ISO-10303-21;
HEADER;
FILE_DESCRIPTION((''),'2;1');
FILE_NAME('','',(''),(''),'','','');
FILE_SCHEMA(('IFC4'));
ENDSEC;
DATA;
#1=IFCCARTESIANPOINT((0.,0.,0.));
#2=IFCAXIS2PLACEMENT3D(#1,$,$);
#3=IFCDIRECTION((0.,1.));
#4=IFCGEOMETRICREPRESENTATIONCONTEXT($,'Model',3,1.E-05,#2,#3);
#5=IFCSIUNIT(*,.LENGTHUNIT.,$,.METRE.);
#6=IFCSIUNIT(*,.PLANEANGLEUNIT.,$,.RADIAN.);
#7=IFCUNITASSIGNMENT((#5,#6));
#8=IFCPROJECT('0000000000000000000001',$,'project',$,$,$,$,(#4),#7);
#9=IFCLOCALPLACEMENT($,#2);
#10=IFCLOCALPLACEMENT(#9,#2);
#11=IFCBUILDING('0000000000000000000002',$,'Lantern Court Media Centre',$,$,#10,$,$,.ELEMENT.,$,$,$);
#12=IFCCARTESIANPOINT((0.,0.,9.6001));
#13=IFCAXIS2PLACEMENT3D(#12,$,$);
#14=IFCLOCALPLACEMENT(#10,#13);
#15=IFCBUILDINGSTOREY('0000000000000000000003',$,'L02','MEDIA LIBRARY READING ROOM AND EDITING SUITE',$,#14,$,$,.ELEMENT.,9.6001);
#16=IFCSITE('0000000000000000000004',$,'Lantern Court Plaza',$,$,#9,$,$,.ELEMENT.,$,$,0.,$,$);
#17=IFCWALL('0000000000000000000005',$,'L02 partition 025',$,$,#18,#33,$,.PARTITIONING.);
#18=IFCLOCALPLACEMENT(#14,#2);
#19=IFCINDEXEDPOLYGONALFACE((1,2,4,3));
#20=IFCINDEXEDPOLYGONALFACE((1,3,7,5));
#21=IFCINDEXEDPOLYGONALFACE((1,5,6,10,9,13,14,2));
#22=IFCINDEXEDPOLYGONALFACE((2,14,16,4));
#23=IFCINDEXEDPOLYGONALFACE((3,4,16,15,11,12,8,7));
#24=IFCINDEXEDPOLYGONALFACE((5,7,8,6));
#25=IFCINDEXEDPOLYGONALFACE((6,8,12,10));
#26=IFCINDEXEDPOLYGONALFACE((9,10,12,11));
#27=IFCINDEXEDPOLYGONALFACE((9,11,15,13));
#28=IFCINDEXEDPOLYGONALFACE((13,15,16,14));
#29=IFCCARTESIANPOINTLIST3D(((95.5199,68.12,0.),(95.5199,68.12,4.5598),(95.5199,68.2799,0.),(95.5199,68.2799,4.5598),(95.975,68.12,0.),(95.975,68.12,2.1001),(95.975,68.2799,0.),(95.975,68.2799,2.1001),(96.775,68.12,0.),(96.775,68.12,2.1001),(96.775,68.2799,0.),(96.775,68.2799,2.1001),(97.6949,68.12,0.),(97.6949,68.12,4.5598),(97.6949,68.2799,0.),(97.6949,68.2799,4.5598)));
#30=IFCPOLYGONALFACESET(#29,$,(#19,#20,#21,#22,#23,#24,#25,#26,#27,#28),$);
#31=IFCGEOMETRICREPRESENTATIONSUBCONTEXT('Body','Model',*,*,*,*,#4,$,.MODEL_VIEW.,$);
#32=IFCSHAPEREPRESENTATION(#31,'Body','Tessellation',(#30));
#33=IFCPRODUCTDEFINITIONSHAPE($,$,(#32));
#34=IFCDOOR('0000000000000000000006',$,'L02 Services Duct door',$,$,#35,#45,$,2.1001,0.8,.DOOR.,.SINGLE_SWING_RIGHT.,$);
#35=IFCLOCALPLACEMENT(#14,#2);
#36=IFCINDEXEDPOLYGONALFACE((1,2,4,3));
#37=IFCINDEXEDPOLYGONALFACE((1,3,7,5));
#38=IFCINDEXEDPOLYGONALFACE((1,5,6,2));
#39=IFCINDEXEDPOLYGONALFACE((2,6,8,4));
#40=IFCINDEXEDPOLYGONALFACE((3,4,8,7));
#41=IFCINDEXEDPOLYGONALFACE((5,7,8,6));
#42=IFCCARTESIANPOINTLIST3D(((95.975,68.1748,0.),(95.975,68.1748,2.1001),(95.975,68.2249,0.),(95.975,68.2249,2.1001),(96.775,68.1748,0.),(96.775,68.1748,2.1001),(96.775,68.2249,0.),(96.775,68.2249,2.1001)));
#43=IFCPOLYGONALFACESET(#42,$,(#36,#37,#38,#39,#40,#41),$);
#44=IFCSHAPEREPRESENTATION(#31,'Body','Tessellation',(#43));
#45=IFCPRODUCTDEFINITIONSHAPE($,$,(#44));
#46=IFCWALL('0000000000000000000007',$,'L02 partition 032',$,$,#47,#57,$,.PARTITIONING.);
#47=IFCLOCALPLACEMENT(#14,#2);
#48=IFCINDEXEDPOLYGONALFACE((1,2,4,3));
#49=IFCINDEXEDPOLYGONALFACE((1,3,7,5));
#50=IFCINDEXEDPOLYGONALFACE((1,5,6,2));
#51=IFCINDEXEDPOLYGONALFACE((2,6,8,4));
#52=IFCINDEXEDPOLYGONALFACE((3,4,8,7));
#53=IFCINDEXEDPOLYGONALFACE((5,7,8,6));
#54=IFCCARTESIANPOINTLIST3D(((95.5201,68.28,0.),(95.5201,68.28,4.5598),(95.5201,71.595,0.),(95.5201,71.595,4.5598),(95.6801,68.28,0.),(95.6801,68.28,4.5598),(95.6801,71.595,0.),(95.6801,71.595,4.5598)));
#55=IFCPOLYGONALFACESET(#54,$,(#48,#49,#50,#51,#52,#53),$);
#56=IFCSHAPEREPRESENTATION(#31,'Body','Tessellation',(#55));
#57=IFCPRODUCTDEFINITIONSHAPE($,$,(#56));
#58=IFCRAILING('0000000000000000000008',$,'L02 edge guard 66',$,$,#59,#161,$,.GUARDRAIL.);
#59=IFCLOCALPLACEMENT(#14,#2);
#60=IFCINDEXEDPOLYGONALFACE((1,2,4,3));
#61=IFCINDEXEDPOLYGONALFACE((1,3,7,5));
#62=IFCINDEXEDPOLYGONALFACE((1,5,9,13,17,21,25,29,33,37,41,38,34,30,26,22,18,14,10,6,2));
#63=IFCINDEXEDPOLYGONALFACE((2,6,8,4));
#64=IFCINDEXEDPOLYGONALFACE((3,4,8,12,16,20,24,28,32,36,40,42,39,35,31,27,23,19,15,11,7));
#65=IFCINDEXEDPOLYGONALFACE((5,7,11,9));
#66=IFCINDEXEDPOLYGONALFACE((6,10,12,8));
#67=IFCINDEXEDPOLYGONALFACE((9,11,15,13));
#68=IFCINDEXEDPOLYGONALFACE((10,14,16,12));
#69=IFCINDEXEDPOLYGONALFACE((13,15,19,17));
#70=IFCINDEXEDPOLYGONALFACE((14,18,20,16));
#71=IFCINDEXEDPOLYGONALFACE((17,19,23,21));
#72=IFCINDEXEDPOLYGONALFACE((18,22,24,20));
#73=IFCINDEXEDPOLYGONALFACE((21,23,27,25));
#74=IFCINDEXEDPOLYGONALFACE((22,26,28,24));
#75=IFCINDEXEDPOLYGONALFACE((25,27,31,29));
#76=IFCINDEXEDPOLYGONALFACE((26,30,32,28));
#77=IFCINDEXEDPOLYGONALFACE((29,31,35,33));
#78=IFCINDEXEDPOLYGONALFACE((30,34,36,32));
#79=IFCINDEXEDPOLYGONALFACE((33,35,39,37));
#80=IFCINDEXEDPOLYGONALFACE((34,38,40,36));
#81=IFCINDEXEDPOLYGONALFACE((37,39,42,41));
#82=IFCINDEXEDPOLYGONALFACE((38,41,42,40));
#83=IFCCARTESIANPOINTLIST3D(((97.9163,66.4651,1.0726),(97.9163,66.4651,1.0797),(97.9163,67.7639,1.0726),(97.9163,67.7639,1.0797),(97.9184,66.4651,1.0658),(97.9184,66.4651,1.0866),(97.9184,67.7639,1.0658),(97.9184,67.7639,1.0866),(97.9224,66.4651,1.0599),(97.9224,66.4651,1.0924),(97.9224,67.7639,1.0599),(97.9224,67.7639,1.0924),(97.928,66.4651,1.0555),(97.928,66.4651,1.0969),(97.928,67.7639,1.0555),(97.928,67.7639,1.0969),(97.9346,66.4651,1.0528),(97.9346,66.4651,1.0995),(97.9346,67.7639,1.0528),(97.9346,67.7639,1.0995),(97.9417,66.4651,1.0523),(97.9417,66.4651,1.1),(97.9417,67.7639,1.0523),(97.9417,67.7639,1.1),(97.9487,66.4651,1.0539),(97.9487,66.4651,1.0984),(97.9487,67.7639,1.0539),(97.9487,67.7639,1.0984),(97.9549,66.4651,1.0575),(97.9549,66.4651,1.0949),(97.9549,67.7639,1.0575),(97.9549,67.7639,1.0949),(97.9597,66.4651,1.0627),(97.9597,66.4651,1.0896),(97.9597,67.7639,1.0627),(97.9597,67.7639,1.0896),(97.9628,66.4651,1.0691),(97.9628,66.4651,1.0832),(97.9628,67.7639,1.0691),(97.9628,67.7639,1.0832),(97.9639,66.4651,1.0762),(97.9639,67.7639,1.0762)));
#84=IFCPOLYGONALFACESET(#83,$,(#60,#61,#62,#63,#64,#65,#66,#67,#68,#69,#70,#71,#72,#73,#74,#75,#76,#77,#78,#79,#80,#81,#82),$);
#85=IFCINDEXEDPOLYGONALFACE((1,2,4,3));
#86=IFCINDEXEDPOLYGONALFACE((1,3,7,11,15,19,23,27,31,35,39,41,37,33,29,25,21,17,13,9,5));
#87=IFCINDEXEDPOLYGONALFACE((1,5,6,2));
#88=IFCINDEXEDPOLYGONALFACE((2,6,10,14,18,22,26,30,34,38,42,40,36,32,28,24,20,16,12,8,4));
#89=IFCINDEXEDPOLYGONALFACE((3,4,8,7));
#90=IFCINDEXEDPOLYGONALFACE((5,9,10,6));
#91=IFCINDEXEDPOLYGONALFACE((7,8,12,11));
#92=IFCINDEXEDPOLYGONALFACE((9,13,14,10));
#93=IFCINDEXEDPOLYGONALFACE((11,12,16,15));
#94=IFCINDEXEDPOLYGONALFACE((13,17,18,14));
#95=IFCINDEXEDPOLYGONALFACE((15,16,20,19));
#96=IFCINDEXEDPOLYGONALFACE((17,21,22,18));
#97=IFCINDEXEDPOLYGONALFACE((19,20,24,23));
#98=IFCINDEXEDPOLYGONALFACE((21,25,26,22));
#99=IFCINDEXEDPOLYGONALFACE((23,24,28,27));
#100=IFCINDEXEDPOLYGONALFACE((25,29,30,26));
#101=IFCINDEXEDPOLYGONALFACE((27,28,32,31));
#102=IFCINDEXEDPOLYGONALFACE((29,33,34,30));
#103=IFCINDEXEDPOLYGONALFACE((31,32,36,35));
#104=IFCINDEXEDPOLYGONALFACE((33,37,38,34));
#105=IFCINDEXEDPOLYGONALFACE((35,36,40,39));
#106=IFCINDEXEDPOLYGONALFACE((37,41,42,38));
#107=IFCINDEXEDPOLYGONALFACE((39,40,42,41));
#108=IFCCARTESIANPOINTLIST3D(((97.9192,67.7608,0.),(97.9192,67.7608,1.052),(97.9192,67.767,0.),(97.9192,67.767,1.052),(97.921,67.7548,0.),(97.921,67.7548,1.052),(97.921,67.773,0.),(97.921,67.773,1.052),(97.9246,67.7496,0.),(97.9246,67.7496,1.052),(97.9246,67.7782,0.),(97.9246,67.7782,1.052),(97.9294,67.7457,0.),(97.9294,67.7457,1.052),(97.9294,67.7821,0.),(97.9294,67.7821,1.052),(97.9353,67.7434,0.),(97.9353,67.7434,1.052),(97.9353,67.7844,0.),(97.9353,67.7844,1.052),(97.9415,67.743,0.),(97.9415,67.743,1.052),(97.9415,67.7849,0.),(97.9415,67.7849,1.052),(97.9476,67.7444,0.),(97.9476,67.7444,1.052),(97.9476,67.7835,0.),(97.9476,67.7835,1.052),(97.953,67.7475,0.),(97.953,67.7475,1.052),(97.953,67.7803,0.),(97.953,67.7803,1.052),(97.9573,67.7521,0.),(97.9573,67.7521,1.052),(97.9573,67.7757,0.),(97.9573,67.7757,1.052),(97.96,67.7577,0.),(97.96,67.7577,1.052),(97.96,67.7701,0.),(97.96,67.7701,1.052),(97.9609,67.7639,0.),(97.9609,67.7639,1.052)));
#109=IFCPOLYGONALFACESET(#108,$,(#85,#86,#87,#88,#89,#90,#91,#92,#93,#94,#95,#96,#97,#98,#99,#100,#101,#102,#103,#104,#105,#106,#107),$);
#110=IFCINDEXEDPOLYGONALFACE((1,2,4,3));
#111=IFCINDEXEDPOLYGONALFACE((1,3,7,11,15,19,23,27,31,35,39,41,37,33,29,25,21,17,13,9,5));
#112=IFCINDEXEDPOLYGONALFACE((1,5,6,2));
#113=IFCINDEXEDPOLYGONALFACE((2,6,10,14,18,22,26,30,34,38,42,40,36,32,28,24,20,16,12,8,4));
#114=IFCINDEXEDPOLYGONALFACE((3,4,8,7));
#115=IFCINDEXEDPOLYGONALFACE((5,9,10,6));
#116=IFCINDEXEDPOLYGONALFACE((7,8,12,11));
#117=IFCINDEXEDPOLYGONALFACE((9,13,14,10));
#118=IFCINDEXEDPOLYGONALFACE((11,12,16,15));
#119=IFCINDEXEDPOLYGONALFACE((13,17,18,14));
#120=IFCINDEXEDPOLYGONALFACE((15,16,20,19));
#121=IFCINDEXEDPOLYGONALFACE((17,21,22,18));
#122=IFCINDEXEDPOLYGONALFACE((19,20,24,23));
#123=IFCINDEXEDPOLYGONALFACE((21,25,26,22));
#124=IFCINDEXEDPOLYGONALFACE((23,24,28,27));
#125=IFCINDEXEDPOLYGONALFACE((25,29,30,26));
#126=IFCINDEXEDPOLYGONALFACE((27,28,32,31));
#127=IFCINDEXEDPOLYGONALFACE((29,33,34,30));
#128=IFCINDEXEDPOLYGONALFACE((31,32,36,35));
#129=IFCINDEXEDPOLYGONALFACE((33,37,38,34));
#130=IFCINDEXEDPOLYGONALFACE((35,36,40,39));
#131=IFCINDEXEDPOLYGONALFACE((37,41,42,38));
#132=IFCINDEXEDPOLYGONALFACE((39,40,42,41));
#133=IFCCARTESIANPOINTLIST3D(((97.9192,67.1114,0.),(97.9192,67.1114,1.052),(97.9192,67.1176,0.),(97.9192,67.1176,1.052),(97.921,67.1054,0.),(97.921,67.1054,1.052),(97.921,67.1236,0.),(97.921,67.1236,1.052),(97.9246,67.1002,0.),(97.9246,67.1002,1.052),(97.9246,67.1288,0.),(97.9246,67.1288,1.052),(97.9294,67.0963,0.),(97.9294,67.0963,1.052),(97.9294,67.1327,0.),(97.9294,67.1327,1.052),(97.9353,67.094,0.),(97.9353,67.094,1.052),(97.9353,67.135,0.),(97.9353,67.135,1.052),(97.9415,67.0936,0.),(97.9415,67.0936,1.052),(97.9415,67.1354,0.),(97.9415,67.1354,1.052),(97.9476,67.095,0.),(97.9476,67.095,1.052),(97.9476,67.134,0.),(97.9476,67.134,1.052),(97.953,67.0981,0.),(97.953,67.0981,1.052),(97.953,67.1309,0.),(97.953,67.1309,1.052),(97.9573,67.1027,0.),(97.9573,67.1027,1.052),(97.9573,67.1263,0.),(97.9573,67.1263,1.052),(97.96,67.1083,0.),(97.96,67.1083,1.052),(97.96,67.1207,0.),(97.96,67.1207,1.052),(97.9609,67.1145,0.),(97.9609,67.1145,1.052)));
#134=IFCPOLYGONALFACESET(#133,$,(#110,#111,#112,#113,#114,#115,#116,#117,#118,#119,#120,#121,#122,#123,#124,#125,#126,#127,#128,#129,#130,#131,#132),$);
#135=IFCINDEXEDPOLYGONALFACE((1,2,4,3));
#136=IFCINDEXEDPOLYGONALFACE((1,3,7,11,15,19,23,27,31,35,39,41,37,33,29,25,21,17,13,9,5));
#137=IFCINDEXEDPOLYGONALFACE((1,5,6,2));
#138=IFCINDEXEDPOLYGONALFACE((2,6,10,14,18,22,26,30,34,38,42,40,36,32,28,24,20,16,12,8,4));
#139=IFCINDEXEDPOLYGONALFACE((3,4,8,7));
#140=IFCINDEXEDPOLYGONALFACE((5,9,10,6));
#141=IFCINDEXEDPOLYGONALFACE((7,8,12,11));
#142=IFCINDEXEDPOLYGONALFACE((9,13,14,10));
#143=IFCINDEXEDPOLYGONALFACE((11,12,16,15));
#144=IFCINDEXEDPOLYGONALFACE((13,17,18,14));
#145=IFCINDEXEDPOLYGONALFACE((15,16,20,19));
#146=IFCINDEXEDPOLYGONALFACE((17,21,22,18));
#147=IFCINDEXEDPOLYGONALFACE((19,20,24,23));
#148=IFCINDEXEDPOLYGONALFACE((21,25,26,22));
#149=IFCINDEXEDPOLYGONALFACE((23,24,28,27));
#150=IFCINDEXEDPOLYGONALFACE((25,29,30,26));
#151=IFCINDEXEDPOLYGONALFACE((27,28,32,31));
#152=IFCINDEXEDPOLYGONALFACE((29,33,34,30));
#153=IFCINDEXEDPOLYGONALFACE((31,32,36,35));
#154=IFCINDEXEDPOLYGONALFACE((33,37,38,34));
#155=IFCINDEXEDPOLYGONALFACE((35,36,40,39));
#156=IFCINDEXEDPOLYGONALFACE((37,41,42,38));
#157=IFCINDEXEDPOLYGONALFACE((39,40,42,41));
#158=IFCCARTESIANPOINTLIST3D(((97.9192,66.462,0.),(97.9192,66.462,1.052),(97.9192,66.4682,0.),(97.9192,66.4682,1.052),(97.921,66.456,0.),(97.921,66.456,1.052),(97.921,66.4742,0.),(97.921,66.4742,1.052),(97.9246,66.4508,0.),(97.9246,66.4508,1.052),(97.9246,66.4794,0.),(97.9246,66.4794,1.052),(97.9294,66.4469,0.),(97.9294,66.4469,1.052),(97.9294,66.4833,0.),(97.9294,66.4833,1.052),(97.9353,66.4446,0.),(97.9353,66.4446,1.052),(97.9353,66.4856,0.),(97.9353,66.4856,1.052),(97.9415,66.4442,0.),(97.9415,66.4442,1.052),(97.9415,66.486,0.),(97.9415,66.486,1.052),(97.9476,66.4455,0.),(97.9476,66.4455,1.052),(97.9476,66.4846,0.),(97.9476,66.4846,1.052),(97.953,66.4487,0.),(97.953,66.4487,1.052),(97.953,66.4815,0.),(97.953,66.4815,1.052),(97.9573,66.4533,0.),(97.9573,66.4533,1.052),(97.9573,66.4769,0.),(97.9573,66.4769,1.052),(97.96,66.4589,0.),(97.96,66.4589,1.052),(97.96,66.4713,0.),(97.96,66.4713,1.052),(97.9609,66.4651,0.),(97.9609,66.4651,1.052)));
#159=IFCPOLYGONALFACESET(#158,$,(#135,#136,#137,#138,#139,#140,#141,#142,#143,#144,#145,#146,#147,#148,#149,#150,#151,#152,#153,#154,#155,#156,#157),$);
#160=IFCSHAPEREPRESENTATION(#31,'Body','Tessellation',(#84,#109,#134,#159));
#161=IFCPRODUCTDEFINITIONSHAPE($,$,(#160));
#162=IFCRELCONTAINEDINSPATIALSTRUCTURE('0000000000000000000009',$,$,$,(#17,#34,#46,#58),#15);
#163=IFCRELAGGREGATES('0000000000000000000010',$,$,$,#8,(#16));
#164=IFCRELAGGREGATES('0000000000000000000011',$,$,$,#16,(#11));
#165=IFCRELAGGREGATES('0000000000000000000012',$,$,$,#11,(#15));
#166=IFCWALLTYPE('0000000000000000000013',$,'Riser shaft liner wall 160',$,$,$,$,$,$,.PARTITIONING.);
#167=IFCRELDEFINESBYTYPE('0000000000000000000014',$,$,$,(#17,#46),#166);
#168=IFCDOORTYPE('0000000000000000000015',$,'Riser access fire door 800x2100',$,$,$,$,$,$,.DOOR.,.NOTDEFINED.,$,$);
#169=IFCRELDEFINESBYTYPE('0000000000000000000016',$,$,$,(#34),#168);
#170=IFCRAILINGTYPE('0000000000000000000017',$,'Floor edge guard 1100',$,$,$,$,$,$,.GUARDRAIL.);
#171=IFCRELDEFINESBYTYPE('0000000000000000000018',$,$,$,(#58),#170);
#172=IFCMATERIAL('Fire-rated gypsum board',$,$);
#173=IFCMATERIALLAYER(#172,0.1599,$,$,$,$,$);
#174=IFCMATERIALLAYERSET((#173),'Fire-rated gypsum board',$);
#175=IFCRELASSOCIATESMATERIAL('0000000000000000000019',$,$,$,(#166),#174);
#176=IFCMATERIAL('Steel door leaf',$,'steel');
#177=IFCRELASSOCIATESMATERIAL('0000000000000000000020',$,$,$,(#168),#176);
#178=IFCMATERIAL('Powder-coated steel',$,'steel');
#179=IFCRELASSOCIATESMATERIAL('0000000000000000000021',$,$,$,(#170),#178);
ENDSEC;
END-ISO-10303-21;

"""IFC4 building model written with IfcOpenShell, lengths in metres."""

from ifc_helpers import new_model, si_unit, direction, frame, frame_2d, origin, origin_2d, place, context, subcontext, project, spatial, rectangle, circle, extrude, material, layer, layer_set, type_object, element, fill, save


model = new_model("IFC4")

# Units and contexts
model_context = context("Model", 3, precision=1e-05, world=origin(), true_north=direction((0.0, 1.0)))
body_context = subcontext(model_context, "Body", "Model", "MODEL_VIEW")
ifc_project = project(units=[si_unit("LENGTHUNIT", "METRE"), si_unit("PLANEANGLEUNIT", "RADIAN")], contexts=[model_context])

# Site, building, storey
site_placement = place(None, origin())
site = spatial("IfcSite", under=ifc_project, at=site_placement, Name="Lantern Court Plaza", CompositionType="ELEMENT", RefElevation=0.0)
building_placement = place(site_placement, origin())
building = spatial("IfcBuilding", under=site, at=building_placement, Name="Lantern Court Media Centre", CompositionType="ELEMENT")
storey_placement = place(building_placement, frame((0.0, 0.0, 9.6001)))
storey = spatial("IfcBuildingStorey", under=building, at=storey_placement, Name="L02", Description="MEDIA LIBRARY READING ROOM AND EDITING SUITE", CompositionType="ELEMENT", Elevation=9.6001)

# Wall, opening, door
ifc_material_1 = material(Name="Fire-rated gypsum board")
ifc_layer_1 = layer(ifc_material_1, 0.1599)
ifc_layer_set_1 = layer_set([ifc_layer_1], Name="Fire-rated gypsum board")
wall_type_1 = type_object("IfcWallType", Name="Riser shaft liner wall 160", PredefinedType="PARTITIONING", material=ifc_layer_set_1)
wall_1_placement = place(storey_placement, frame((95.52, 68.2, 0.0), z_axis=(0.0, 0.0, 1.0), x_axis=(1.0, 0.0, 0.0)))
wall_1 = element("IfcWall", 1, at=wall_1_placement, inside=storey, type_object=wall_type_1, Name="L02 partition 025", PredefinedType="PARTITIONING", context=body_context, shape_type="SweptSolid", body=[
    extrude(rectangle(XDim=2.175, YDim=0.1599, at=frame_2d((1.0874, 0.0))), origin(), (0.0, 0.0, 1.0), 4.5598),
])
opening_placement = place(wall_1_placement, frame((0.4551, 0.0, 0.0)))
opening = element("IfcOpeningElement", 2, at=opening_placement, cuts=wall_1, PredefinedType="OPENING", context=body_context, shape_type="SweptSolid", body=[
    extrude(rectangle(XDim=0.8, YDim=2.1001, at=frame_2d((0.3999, 1.05))), frame((0.0, 0.0898, 0.0), z_axis=(0.0, -1.0, 0.0), x_axis=(1.0, 0.0, 0.0)), (0.0, 0.0, 1.0), 0.1799),
])
ifc_material_2 = material(Name="Steel door leaf", Category="steel")
door_type = type_object("IfcDoorType", Name="Riser access fire door 800x2100", OperationType="NOTDEFINED", PredefinedType="DOOR", material=ifc_material_2)
door_placement = place(opening_placement, origin())
door = element("IfcDoor", 3, at=door_placement, inside=storey, type_object=door_type, Name="L02 Services Duct door", OperationType="SINGLE_SWING_RIGHT", OverallHeight=2.1001, OverallWidth=0.8, PredefinedType="DOOR", context=body_context, shape_type="SweptSolid", body=[
    extrude(rectangle(XDim=0.8, YDim=2.1001, at=frame_2d((0.3999, 1.05))), frame((0.0, 0.0249, 0.0), z_axis=(0.0, -1.0, 0.0), x_axis=(1.0, 0.0, 0.0)), (0.0, 0.0, 1.0), 0.05),
])
fill(opening, door)

# Wall
wall_2_placement = place(storey_placement, frame((95.6001, 68.28, 0.0), z_axis=(0.0, 0.0, 1.0), x_axis=(0.0, 1.0, 0.0)))
element("IfcWall", 4, at=wall_2_placement, inside=storey, type_object=wall_type_1, Name="L02 partition 032", PredefinedType="PARTITIONING", context=body_context, shape_type="SweptSolid", body=[
    extrude(rectangle(XDim=3.3149, YDim=0.1599, at=frame_2d((1.6575, 0.0))), origin(), (0.0, 0.0, 1.0), 4.5598),
])

# Railing
ifc_material_3 = material(Name="Powder-coated steel", Category="steel")
railing_type = type_object("IfcRailingType", Name="Floor edge guard 1100", PredefinedType="GUARDRAIL", material=ifc_material_3)
railing_1_placement = place(storey_placement, frame((97.9399, 67.7639, 0.0)))
element("IfcRailing", 5, at=railing_1_placement, inside=storey, type_object=railing_type, Name="L02 edge guard 66", PredefinedType="GUARDRAIL", context=body_context, shape_type="SweptSolid", body=[
    extrude(circle(Radius=0.0239, at=origin_2d()), frame((0.0, 0.0, 1.0762), z_axis=(0.0, -1.0, 0.0), x_axis=(1.0, 0.0, 0.0)), (0.0, 0.0, 1.0), 1.2988),
    extrude(circle(Radius=0.021, at=origin_2d()), origin(), (0.0, 0.0, 1.0), 1.052),
    extrude(circle(Radius=0.021, at=origin_2d()), frame((0.0, -0.6494, 0.0)), (0.0, 0.0, 1.0), 1.052),
    extrude(circle(Radius=0.021, at=origin_2d()), frame((0.0, -1.2988, 0.0)), (0.0, 0.0, 1.0), 1.052),
])

save(model, "model.ifc")
